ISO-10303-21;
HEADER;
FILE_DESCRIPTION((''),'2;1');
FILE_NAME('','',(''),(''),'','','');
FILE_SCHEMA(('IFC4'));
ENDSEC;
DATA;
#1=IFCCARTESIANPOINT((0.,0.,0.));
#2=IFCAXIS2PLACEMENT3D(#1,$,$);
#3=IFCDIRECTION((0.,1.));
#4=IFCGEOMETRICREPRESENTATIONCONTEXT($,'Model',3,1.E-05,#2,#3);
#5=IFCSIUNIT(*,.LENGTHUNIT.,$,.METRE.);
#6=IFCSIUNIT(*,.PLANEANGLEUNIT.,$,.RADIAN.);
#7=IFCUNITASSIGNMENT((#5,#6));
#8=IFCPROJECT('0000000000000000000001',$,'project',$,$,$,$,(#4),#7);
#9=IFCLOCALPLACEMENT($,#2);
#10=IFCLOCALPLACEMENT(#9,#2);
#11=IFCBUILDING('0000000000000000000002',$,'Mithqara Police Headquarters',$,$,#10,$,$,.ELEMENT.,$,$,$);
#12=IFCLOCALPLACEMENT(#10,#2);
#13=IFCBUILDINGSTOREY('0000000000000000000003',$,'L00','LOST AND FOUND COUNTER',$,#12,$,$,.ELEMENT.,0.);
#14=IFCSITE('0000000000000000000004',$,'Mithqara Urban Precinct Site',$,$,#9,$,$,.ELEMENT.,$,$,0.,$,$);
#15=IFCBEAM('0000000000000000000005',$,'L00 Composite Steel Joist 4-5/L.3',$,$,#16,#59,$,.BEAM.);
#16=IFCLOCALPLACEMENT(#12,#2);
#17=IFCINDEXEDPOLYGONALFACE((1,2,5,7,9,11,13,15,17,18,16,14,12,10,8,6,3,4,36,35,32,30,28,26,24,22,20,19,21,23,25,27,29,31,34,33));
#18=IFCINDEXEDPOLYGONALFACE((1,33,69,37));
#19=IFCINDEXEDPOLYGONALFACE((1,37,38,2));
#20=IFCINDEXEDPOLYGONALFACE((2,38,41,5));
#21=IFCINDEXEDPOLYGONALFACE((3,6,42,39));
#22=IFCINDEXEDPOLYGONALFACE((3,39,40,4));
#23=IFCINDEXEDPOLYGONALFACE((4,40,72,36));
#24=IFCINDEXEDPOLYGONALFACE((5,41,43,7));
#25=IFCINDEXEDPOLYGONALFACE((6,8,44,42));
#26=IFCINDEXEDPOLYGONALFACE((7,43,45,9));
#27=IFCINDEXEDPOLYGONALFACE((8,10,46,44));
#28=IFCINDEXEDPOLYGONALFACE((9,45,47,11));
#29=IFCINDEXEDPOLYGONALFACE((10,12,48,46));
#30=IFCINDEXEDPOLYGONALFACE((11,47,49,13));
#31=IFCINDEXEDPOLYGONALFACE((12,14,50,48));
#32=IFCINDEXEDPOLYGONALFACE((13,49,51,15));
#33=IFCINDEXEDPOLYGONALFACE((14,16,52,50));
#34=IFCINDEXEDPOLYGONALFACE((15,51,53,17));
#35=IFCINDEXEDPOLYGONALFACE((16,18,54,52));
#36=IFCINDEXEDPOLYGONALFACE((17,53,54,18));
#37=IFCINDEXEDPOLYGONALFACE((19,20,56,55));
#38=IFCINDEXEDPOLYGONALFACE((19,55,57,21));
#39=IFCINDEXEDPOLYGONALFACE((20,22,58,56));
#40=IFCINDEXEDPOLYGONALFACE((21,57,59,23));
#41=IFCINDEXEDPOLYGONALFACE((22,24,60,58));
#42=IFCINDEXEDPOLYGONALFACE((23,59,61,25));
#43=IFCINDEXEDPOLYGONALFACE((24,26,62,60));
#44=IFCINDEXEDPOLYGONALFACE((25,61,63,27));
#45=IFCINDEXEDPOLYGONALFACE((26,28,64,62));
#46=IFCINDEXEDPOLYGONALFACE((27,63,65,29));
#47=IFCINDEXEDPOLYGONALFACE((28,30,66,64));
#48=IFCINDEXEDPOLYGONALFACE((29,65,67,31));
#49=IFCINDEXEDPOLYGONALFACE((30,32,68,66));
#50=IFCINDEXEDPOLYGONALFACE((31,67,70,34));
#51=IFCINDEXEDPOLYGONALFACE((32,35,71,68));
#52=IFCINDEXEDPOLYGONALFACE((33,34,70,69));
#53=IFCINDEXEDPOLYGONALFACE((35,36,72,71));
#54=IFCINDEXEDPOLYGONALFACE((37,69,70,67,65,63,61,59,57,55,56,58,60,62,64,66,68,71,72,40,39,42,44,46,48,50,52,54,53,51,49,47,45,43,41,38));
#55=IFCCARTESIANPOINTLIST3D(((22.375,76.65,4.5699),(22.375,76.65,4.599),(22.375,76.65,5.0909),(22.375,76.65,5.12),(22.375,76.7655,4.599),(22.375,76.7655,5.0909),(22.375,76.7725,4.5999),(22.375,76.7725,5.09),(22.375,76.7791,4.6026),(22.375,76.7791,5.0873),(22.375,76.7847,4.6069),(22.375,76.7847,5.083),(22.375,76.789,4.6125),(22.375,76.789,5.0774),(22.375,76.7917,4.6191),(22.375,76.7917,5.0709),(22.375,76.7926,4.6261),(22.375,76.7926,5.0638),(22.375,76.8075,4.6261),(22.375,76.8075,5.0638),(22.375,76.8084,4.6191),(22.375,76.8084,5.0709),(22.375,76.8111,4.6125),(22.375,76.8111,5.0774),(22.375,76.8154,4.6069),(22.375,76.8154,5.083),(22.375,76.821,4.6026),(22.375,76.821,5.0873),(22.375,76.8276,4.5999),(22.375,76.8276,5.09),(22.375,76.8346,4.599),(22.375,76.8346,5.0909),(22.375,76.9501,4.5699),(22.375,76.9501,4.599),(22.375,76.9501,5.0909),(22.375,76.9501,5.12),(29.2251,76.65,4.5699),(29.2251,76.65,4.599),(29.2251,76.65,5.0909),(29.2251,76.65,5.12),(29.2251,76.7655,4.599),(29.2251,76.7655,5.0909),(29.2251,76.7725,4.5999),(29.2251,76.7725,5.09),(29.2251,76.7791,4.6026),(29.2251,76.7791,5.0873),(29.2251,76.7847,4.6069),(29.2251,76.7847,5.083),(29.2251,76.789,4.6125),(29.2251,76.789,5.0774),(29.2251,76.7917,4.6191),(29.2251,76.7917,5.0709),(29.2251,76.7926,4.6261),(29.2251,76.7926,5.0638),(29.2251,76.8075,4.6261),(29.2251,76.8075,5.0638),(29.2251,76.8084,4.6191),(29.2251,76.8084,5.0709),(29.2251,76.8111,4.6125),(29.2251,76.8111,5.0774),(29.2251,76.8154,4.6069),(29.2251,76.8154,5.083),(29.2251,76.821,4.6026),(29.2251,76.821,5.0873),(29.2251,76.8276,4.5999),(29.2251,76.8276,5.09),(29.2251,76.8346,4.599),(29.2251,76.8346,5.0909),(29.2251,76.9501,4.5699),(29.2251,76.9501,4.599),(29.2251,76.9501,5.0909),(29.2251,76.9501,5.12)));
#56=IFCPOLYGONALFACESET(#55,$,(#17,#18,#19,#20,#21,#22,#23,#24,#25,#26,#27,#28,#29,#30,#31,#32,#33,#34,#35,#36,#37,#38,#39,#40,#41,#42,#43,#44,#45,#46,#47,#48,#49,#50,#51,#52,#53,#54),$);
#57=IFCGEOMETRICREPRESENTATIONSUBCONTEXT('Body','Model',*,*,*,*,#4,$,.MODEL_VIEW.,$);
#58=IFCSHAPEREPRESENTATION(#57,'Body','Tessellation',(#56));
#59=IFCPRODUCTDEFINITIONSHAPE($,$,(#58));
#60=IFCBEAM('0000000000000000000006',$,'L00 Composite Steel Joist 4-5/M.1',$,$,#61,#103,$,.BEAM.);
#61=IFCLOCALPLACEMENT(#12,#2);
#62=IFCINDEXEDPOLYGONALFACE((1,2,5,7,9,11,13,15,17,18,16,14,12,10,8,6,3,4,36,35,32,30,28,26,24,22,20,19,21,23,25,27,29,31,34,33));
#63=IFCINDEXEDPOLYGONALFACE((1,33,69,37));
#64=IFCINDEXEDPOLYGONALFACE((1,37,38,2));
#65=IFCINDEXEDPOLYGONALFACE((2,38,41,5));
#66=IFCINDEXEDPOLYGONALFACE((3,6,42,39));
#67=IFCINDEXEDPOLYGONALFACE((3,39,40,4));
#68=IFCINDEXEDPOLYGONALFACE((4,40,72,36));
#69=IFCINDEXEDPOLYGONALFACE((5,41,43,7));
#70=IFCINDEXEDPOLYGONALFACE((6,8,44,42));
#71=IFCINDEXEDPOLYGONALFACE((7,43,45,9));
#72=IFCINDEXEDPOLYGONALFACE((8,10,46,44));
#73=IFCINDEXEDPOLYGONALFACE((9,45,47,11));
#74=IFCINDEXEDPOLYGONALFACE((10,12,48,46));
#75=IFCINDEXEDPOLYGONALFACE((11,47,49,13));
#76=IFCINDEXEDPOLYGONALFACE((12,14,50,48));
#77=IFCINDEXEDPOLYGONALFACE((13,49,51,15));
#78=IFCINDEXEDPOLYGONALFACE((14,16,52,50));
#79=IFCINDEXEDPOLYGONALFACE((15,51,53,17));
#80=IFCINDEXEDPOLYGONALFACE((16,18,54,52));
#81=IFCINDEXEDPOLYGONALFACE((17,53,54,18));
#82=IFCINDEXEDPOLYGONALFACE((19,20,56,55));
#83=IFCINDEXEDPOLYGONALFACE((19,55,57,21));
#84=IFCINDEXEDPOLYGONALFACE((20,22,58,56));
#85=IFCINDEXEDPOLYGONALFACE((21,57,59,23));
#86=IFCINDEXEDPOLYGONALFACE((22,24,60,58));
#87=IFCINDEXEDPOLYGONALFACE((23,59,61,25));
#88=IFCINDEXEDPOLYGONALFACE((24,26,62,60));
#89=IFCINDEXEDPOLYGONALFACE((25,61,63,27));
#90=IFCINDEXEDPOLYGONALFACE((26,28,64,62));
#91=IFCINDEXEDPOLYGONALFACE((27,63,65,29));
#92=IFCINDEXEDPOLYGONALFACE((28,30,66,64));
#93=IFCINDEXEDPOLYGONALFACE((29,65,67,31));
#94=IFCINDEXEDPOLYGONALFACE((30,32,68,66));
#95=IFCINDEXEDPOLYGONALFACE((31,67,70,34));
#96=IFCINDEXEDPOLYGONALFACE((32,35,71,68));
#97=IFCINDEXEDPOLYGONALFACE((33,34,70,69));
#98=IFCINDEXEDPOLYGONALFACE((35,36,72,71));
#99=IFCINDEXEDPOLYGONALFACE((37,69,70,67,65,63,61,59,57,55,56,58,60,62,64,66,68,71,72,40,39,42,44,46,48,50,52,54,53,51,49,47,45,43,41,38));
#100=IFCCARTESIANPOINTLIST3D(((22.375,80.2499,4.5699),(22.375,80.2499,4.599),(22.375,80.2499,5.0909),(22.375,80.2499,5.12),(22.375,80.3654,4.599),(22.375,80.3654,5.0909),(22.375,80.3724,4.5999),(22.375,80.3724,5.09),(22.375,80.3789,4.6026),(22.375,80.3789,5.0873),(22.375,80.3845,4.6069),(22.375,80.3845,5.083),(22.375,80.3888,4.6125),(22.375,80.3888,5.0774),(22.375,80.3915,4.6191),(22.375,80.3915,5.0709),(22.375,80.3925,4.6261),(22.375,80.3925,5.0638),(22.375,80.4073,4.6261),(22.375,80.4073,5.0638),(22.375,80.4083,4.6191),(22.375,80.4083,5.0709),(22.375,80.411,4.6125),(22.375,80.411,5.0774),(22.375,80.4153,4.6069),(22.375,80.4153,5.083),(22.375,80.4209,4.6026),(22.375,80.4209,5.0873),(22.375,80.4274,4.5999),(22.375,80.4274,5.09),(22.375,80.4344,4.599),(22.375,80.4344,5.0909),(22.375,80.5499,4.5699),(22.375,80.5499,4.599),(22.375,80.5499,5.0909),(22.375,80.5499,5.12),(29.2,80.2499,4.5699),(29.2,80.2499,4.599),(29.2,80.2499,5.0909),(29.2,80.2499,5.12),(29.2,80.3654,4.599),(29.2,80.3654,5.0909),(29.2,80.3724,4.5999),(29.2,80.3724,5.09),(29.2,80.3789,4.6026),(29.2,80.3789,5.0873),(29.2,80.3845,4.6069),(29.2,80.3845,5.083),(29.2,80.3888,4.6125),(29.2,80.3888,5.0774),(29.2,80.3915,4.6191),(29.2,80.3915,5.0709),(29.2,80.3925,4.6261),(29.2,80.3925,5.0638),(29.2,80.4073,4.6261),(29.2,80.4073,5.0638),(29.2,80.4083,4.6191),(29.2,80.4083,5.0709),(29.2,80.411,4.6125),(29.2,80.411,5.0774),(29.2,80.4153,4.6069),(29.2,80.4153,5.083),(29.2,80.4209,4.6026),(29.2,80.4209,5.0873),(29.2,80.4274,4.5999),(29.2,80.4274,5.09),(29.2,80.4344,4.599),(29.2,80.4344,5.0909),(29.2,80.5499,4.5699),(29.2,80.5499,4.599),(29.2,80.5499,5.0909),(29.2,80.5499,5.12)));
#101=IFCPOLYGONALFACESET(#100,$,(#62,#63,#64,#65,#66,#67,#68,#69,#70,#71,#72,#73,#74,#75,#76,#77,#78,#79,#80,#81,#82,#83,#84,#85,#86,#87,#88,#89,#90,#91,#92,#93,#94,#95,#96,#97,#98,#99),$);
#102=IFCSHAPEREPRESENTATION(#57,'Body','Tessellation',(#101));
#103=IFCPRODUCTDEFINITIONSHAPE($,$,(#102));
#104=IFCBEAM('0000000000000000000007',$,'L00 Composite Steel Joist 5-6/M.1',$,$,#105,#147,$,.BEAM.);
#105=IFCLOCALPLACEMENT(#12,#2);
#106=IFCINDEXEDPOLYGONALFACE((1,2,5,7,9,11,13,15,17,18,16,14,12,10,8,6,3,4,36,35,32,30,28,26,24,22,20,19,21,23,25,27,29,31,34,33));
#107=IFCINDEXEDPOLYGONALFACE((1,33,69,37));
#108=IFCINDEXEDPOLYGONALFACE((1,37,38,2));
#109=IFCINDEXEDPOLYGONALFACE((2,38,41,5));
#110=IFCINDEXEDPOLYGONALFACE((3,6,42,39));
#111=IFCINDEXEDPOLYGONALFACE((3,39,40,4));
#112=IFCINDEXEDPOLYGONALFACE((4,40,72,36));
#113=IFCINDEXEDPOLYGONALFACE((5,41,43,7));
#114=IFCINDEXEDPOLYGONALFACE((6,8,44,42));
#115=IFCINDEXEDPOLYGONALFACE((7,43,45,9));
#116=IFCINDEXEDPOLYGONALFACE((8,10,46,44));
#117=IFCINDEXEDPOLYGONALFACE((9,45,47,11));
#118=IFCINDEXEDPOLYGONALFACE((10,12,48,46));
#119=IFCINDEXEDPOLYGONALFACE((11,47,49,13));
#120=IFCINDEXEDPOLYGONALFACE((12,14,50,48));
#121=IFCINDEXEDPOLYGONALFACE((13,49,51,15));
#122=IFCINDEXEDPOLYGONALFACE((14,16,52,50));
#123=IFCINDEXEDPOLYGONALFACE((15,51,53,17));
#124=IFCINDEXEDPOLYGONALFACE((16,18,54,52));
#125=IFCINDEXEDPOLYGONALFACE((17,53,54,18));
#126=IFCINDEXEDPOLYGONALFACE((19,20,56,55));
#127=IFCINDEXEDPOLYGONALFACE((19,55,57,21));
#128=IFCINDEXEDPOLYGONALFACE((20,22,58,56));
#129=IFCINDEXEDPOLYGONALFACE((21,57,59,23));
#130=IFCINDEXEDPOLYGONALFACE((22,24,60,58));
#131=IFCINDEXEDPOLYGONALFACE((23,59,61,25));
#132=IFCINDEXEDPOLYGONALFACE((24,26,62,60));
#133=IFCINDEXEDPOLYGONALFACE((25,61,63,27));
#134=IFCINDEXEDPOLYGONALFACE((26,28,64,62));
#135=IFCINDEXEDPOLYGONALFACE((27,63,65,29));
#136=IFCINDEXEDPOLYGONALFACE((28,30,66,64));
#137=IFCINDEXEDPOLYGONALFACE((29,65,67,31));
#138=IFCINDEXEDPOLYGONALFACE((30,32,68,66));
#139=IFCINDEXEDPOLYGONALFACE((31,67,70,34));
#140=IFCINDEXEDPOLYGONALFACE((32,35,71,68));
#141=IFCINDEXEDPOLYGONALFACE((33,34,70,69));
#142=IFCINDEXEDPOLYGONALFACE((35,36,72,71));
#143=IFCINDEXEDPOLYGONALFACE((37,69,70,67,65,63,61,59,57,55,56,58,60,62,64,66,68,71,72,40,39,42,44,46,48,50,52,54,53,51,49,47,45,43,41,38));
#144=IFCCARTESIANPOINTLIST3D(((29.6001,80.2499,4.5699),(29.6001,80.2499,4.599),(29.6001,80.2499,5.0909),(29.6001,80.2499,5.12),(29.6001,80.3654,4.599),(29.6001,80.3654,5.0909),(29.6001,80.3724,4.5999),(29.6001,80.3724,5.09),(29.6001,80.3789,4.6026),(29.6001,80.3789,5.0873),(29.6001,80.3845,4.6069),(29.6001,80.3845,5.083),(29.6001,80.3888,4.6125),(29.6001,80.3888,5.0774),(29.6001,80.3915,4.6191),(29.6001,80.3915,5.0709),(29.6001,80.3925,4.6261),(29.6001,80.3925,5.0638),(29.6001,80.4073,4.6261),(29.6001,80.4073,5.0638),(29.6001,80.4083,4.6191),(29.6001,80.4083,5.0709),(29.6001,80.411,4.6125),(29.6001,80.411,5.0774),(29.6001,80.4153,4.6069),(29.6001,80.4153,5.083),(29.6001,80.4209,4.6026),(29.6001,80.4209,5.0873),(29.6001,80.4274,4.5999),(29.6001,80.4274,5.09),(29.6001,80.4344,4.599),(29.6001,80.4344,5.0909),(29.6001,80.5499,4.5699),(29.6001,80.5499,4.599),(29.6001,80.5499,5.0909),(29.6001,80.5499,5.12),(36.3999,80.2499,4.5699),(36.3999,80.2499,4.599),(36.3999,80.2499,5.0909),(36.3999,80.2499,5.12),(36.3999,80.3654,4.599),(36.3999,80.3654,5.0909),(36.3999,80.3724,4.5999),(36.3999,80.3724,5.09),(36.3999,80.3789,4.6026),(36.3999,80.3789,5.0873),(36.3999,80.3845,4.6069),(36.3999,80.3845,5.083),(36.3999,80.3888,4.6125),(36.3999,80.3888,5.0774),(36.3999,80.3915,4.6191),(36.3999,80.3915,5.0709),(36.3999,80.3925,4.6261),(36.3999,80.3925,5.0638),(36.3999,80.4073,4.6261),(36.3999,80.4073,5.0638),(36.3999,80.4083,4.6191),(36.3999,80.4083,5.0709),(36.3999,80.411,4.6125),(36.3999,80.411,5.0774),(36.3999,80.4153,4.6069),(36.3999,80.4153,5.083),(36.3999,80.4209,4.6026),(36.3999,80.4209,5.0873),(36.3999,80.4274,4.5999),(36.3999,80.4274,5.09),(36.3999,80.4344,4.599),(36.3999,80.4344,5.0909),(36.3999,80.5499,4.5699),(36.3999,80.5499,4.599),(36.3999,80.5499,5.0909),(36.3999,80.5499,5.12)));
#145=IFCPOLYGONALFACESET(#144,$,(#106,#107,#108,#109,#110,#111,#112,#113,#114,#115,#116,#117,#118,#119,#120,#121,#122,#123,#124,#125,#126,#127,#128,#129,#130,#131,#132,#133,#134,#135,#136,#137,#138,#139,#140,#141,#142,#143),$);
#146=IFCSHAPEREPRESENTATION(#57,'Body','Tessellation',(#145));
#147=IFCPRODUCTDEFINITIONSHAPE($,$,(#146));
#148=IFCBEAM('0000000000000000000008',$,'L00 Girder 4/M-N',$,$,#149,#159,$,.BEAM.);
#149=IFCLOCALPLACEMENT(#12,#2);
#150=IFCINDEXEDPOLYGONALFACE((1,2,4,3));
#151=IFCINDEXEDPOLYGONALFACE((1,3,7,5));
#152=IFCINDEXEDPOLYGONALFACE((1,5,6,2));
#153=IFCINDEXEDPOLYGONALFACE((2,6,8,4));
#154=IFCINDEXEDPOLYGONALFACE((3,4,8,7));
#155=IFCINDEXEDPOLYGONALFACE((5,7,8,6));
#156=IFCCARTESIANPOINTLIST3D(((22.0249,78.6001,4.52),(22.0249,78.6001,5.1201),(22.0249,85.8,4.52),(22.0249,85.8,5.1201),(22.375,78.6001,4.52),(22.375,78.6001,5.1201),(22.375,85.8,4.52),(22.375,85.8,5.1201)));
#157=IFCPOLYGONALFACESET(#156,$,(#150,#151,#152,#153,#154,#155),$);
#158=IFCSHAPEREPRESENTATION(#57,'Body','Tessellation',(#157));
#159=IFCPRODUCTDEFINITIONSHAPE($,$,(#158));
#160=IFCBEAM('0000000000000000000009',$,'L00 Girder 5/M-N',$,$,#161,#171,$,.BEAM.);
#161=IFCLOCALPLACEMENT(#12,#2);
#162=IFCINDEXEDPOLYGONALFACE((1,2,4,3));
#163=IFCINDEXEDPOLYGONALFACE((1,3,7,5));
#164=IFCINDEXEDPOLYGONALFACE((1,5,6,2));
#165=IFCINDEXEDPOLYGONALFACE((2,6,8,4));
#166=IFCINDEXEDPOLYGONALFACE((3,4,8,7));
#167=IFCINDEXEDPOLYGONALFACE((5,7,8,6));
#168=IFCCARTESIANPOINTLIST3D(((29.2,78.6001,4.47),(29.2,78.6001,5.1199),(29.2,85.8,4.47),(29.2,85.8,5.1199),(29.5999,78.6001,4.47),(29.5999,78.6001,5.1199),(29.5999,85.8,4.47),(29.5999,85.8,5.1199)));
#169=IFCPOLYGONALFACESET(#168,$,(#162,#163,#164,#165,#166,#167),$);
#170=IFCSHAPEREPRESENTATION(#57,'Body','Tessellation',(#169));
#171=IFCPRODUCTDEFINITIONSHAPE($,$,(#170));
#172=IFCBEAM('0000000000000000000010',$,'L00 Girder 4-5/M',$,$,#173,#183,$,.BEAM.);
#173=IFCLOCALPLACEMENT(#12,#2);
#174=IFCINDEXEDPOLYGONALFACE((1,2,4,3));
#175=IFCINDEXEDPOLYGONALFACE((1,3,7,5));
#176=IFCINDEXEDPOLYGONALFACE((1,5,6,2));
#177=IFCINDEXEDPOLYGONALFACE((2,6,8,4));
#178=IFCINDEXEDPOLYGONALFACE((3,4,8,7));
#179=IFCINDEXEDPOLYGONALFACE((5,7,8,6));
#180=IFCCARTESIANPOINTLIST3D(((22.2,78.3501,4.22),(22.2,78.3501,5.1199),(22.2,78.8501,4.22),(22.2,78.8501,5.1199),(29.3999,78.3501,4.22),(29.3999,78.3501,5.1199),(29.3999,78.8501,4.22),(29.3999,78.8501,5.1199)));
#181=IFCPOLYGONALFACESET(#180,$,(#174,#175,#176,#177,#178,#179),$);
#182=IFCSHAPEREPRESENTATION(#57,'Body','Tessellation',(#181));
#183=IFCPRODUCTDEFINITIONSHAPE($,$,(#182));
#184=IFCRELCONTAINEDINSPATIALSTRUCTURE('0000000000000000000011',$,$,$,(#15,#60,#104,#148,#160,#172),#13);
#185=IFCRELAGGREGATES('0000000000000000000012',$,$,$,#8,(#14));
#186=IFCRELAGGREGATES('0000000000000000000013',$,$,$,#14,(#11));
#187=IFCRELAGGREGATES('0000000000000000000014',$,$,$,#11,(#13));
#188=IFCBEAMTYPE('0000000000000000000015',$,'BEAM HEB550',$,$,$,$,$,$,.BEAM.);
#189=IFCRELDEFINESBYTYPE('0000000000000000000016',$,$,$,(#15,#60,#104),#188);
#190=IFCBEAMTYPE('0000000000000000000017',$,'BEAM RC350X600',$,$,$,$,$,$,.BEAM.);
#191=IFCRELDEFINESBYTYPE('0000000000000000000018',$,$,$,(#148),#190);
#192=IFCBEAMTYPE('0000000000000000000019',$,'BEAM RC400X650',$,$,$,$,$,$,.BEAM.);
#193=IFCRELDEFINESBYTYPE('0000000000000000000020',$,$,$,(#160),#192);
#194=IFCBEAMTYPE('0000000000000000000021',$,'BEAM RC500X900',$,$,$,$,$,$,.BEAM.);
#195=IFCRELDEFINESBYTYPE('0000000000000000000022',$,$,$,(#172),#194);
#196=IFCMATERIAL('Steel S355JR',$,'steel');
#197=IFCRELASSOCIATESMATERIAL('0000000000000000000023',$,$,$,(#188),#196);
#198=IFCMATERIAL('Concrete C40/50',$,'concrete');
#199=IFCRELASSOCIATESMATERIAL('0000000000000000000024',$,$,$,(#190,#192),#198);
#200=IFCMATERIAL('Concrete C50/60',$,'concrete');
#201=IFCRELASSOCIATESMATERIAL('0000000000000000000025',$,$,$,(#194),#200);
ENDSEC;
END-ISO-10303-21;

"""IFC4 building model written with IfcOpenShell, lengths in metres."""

from ifc_helpers import new_model, si_unit, direction, frame, origin, origin_2d, place, context, subcontext, project, spatial, rectangle, i_section, extrude, material, material_profile, profile_set, type_object, element, save


model = new_model("IFC4")

# Units and contexts
model_context = context("Model", 3, precision=1e-05, world=origin(), true_north=direction((0.0, 1.0)))
body_context = subcontext(model_context, "Body", "Model", "MODEL_VIEW")
ifc_project = project(units=[si_unit("LENGTHUNIT", "METRE"), si_unit("PLANEANGLEUNIT", "RADIAN")], contexts=[model_context])

# Site, building, storey
site_placement = place(None, origin())
site = spatial("IfcSite", under=ifc_project, at=site_placement, Name="Mithqara Urban Precinct Site", CompositionType="ELEMENT", RefElevation=0.0)
building_placement = place(site_placement, origin())
building = spatial("IfcBuilding", under=site, at=building_placement, Name="Mithqara Police Headquarters", CompositionType="ELEMENT")
storey_placement = place(building_placement, origin())
storey = spatial("IfcBuildingStorey", under=building, at=storey_placement, Name="L00", Description="LOST AND FOUND COUNTER", CompositionType="ELEMENT", Elevation=0.0)

# Shared definitions
ifc_material_1 = material(Name="Concrete C50/60", Category="concrete")

# Beams
ifc_material_2 = material(Name="Steel S355JR", Category="steel")
ifc_material_profile_1 = material_profile(ifc_material_2, i_section(OverallWidth=0.3, OverallDepth=0.55, WebThickness=0.0149, FlangeThickness=0.0291, FilletRadius=0.0271, at=origin_2d()), Name="HEB 550")
ifc_profile_set_1 = profile_set([ifc_material_profile_1], Name="Steel S355JR")
beam_type_1 = type_object("IfcBeamType", Name="BEAM HEB550", PredefinedType="BEAM", material=ifc_profile_set_1)
for number, where, z_axis, x_axis, name in (
    (1, (22.375, 76.8, 4.845), (1.0, 0.0, 0.0), (0.0, 1.0, 0.0), "L00 Composite Steel Joist 4-5/L.3"),
):
    element("IfcBeam", number, at=place(storey_placement, frame(where, z_axis=z_axis, x_axis=x_axis)), inside=storey, type_object=beam_type_1, Name=name, PredefinedType="BEAM", context=body_context, shape_type="SweptSolid", body=[
        extrude(i_section(OverallWidth=0.3, OverallDepth=0.55, WebThickness=0.0149, FlangeThickness=0.0291, FilletRadius=0.0271, at=origin_2d()), origin(), (0.0, 0.0, 1.0), 6.8501),
    ])
beam_1_placement = place(storey_placement, frame((22.375, 80.3999, 4.845), z_axis=(1.0, 0.0, 0.0), x_axis=(0.0, 1.0, 0.0)))
element("IfcBeam", 2, at=beam_1_placement, inside=storey, type_object=beam_type_1, Name="L00 Composite Steel Joist 4-5/M.1", PredefinedType="BEAM", context=body_context, shape_type="SweptSolid", body=[
    extrude(i_section(OverallWidth=0.3, OverallDepth=0.55, WebThickness=0.0149, FlangeThickness=0.0291, FilletRadius=0.0271, at=origin_2d()), origin(), (0.0, 0.0, 1.0), 6.825),
])
beam_2_placement = place(storey_placement, frame((29.6001, 80.3999, 4.845), z_axis=(1.0, 0.0, 0.0), x_axis=(0.0, 1.0, 0.0)))
element("IfcBeam", 3, at=beam_2_placement, inside=storey, type_object=beam_type_1, Name="L00 Composite Steel Joist 5-6/M.1", PredefinedType="BEAM", context=body_context, shape_type="SweptSolid", body=[
    extrude(i_section(OverallWidth=0.3, OverallDepth=0.55, WebThickness=0.0149, FlangeThickness=0.0291, FilletRadius=0.0271, at=origin_2d()), origin(), (0.0, 0.0, 1.0), 6.7998),
])
ifc_material_3 = material(Name="Concrete C40/50", Category="concrete")
ifc_material_profile_2 = material_profile(ifc_material_3, rectangle(XDim=0.3501, YDim=0.6001, at=origin_2d()), Name="RC 350x600")
ifc_profile_set_2 = profile_set([ifc_material_profile_2], Name="Concrete C40/50")
beam_type_2 = type_object("IfcBeamType", Name="BEAM RC350X600", PredefinedType="BEAM", material=ifc_profile_set_2)
beam_3_placement = place(storey_placement, frame((22.2, 78.6001, 4.8201), z_axis=(0.0, 1.0, 0.0), x_axis=(-1.0, 0.0, 0.0)))
element("IfcBeam", 4, at=beam_3_placement, inside=storey, type_object=beam_type_2, Name="L00 Girder 4/M-N", PredefinedType="BEAM", context=body_context, shape_type="SweptSolid", body=[
    extrude(rectangle(XDim=0.3501, YDim=0.6001, at=origin_2d()), origin(), (0.0, 0.0, 1.0), 7.2),
])
ifc_material_profile_3 = material_profile(ifc_material_3, rectangle(XDim=0.3999, YDim=0.6499, at=origin_2d()), Name="RC 400x650")
ifc_profile_set_3 = profile_set([ifc_material_profile_3], Name="Concrete C40/50")
beam_type_3 = type_object("IfcBeamType", Name="BEAM RC400X650", PredefinedType="BEAM", material=ifc_profile_set_3)
beam_4_placement = place(storey_placement, frame((29.3999, 78.6001, 4.7949), z_axis=(0.0, 1.0, 0.0), x_axis=(-1.0, 0.0, 0.0)))
element("IfcBeam", 5, at=beam_4_placement, inside=storey, type_object=beam_type_3, Name="L00 Girder 5/M-N", PredefinedType="BEAM", context=body_context, shape_type="SweptSolid", body=[
    extrude(rectangle(XDim=0.3999, YDim=0.6499, at=origin_2d()), origin(), (0.0, 0.0, 1.0), 7.2),
])
ifc_material_profile_4 = material_profile(ifc_material_1, rectangle(XDim=0.5, YDim=0.8999, at=origin_2d()), Name="RC 500x900")
ifc_profile_set_4 = profile_set([ifc_material_profile_4], Name="Concrete C50/60")
beam_type_4 = type_object("IfcBeamType", Name="BEAM RC500X900", PredefinedType="BEAM", material=ifc_profile_set_4)
beam_5_placement = place(storey_placement, frame((22.2, 78.6001, 4.6699), z_axis=(1.0, 0.0, 0.0), x_axis=(0.0, 1.0, 0.0)))
element("IfcBeam", 6, at=beam_5_placement, inside=storey, type_object=beam_type_4, Name="L00 Girder 4-5/M", PredefinedType="BEAM", context=body_context, shape_type="SweptSolid", body=[
    extrude(rectangle(XDim=0.5, YDim=0.8999, at=origin_2d()), origin(), (0.0, 0.0, 1.0), 7.2),
])

save(model, "model.ifc")
